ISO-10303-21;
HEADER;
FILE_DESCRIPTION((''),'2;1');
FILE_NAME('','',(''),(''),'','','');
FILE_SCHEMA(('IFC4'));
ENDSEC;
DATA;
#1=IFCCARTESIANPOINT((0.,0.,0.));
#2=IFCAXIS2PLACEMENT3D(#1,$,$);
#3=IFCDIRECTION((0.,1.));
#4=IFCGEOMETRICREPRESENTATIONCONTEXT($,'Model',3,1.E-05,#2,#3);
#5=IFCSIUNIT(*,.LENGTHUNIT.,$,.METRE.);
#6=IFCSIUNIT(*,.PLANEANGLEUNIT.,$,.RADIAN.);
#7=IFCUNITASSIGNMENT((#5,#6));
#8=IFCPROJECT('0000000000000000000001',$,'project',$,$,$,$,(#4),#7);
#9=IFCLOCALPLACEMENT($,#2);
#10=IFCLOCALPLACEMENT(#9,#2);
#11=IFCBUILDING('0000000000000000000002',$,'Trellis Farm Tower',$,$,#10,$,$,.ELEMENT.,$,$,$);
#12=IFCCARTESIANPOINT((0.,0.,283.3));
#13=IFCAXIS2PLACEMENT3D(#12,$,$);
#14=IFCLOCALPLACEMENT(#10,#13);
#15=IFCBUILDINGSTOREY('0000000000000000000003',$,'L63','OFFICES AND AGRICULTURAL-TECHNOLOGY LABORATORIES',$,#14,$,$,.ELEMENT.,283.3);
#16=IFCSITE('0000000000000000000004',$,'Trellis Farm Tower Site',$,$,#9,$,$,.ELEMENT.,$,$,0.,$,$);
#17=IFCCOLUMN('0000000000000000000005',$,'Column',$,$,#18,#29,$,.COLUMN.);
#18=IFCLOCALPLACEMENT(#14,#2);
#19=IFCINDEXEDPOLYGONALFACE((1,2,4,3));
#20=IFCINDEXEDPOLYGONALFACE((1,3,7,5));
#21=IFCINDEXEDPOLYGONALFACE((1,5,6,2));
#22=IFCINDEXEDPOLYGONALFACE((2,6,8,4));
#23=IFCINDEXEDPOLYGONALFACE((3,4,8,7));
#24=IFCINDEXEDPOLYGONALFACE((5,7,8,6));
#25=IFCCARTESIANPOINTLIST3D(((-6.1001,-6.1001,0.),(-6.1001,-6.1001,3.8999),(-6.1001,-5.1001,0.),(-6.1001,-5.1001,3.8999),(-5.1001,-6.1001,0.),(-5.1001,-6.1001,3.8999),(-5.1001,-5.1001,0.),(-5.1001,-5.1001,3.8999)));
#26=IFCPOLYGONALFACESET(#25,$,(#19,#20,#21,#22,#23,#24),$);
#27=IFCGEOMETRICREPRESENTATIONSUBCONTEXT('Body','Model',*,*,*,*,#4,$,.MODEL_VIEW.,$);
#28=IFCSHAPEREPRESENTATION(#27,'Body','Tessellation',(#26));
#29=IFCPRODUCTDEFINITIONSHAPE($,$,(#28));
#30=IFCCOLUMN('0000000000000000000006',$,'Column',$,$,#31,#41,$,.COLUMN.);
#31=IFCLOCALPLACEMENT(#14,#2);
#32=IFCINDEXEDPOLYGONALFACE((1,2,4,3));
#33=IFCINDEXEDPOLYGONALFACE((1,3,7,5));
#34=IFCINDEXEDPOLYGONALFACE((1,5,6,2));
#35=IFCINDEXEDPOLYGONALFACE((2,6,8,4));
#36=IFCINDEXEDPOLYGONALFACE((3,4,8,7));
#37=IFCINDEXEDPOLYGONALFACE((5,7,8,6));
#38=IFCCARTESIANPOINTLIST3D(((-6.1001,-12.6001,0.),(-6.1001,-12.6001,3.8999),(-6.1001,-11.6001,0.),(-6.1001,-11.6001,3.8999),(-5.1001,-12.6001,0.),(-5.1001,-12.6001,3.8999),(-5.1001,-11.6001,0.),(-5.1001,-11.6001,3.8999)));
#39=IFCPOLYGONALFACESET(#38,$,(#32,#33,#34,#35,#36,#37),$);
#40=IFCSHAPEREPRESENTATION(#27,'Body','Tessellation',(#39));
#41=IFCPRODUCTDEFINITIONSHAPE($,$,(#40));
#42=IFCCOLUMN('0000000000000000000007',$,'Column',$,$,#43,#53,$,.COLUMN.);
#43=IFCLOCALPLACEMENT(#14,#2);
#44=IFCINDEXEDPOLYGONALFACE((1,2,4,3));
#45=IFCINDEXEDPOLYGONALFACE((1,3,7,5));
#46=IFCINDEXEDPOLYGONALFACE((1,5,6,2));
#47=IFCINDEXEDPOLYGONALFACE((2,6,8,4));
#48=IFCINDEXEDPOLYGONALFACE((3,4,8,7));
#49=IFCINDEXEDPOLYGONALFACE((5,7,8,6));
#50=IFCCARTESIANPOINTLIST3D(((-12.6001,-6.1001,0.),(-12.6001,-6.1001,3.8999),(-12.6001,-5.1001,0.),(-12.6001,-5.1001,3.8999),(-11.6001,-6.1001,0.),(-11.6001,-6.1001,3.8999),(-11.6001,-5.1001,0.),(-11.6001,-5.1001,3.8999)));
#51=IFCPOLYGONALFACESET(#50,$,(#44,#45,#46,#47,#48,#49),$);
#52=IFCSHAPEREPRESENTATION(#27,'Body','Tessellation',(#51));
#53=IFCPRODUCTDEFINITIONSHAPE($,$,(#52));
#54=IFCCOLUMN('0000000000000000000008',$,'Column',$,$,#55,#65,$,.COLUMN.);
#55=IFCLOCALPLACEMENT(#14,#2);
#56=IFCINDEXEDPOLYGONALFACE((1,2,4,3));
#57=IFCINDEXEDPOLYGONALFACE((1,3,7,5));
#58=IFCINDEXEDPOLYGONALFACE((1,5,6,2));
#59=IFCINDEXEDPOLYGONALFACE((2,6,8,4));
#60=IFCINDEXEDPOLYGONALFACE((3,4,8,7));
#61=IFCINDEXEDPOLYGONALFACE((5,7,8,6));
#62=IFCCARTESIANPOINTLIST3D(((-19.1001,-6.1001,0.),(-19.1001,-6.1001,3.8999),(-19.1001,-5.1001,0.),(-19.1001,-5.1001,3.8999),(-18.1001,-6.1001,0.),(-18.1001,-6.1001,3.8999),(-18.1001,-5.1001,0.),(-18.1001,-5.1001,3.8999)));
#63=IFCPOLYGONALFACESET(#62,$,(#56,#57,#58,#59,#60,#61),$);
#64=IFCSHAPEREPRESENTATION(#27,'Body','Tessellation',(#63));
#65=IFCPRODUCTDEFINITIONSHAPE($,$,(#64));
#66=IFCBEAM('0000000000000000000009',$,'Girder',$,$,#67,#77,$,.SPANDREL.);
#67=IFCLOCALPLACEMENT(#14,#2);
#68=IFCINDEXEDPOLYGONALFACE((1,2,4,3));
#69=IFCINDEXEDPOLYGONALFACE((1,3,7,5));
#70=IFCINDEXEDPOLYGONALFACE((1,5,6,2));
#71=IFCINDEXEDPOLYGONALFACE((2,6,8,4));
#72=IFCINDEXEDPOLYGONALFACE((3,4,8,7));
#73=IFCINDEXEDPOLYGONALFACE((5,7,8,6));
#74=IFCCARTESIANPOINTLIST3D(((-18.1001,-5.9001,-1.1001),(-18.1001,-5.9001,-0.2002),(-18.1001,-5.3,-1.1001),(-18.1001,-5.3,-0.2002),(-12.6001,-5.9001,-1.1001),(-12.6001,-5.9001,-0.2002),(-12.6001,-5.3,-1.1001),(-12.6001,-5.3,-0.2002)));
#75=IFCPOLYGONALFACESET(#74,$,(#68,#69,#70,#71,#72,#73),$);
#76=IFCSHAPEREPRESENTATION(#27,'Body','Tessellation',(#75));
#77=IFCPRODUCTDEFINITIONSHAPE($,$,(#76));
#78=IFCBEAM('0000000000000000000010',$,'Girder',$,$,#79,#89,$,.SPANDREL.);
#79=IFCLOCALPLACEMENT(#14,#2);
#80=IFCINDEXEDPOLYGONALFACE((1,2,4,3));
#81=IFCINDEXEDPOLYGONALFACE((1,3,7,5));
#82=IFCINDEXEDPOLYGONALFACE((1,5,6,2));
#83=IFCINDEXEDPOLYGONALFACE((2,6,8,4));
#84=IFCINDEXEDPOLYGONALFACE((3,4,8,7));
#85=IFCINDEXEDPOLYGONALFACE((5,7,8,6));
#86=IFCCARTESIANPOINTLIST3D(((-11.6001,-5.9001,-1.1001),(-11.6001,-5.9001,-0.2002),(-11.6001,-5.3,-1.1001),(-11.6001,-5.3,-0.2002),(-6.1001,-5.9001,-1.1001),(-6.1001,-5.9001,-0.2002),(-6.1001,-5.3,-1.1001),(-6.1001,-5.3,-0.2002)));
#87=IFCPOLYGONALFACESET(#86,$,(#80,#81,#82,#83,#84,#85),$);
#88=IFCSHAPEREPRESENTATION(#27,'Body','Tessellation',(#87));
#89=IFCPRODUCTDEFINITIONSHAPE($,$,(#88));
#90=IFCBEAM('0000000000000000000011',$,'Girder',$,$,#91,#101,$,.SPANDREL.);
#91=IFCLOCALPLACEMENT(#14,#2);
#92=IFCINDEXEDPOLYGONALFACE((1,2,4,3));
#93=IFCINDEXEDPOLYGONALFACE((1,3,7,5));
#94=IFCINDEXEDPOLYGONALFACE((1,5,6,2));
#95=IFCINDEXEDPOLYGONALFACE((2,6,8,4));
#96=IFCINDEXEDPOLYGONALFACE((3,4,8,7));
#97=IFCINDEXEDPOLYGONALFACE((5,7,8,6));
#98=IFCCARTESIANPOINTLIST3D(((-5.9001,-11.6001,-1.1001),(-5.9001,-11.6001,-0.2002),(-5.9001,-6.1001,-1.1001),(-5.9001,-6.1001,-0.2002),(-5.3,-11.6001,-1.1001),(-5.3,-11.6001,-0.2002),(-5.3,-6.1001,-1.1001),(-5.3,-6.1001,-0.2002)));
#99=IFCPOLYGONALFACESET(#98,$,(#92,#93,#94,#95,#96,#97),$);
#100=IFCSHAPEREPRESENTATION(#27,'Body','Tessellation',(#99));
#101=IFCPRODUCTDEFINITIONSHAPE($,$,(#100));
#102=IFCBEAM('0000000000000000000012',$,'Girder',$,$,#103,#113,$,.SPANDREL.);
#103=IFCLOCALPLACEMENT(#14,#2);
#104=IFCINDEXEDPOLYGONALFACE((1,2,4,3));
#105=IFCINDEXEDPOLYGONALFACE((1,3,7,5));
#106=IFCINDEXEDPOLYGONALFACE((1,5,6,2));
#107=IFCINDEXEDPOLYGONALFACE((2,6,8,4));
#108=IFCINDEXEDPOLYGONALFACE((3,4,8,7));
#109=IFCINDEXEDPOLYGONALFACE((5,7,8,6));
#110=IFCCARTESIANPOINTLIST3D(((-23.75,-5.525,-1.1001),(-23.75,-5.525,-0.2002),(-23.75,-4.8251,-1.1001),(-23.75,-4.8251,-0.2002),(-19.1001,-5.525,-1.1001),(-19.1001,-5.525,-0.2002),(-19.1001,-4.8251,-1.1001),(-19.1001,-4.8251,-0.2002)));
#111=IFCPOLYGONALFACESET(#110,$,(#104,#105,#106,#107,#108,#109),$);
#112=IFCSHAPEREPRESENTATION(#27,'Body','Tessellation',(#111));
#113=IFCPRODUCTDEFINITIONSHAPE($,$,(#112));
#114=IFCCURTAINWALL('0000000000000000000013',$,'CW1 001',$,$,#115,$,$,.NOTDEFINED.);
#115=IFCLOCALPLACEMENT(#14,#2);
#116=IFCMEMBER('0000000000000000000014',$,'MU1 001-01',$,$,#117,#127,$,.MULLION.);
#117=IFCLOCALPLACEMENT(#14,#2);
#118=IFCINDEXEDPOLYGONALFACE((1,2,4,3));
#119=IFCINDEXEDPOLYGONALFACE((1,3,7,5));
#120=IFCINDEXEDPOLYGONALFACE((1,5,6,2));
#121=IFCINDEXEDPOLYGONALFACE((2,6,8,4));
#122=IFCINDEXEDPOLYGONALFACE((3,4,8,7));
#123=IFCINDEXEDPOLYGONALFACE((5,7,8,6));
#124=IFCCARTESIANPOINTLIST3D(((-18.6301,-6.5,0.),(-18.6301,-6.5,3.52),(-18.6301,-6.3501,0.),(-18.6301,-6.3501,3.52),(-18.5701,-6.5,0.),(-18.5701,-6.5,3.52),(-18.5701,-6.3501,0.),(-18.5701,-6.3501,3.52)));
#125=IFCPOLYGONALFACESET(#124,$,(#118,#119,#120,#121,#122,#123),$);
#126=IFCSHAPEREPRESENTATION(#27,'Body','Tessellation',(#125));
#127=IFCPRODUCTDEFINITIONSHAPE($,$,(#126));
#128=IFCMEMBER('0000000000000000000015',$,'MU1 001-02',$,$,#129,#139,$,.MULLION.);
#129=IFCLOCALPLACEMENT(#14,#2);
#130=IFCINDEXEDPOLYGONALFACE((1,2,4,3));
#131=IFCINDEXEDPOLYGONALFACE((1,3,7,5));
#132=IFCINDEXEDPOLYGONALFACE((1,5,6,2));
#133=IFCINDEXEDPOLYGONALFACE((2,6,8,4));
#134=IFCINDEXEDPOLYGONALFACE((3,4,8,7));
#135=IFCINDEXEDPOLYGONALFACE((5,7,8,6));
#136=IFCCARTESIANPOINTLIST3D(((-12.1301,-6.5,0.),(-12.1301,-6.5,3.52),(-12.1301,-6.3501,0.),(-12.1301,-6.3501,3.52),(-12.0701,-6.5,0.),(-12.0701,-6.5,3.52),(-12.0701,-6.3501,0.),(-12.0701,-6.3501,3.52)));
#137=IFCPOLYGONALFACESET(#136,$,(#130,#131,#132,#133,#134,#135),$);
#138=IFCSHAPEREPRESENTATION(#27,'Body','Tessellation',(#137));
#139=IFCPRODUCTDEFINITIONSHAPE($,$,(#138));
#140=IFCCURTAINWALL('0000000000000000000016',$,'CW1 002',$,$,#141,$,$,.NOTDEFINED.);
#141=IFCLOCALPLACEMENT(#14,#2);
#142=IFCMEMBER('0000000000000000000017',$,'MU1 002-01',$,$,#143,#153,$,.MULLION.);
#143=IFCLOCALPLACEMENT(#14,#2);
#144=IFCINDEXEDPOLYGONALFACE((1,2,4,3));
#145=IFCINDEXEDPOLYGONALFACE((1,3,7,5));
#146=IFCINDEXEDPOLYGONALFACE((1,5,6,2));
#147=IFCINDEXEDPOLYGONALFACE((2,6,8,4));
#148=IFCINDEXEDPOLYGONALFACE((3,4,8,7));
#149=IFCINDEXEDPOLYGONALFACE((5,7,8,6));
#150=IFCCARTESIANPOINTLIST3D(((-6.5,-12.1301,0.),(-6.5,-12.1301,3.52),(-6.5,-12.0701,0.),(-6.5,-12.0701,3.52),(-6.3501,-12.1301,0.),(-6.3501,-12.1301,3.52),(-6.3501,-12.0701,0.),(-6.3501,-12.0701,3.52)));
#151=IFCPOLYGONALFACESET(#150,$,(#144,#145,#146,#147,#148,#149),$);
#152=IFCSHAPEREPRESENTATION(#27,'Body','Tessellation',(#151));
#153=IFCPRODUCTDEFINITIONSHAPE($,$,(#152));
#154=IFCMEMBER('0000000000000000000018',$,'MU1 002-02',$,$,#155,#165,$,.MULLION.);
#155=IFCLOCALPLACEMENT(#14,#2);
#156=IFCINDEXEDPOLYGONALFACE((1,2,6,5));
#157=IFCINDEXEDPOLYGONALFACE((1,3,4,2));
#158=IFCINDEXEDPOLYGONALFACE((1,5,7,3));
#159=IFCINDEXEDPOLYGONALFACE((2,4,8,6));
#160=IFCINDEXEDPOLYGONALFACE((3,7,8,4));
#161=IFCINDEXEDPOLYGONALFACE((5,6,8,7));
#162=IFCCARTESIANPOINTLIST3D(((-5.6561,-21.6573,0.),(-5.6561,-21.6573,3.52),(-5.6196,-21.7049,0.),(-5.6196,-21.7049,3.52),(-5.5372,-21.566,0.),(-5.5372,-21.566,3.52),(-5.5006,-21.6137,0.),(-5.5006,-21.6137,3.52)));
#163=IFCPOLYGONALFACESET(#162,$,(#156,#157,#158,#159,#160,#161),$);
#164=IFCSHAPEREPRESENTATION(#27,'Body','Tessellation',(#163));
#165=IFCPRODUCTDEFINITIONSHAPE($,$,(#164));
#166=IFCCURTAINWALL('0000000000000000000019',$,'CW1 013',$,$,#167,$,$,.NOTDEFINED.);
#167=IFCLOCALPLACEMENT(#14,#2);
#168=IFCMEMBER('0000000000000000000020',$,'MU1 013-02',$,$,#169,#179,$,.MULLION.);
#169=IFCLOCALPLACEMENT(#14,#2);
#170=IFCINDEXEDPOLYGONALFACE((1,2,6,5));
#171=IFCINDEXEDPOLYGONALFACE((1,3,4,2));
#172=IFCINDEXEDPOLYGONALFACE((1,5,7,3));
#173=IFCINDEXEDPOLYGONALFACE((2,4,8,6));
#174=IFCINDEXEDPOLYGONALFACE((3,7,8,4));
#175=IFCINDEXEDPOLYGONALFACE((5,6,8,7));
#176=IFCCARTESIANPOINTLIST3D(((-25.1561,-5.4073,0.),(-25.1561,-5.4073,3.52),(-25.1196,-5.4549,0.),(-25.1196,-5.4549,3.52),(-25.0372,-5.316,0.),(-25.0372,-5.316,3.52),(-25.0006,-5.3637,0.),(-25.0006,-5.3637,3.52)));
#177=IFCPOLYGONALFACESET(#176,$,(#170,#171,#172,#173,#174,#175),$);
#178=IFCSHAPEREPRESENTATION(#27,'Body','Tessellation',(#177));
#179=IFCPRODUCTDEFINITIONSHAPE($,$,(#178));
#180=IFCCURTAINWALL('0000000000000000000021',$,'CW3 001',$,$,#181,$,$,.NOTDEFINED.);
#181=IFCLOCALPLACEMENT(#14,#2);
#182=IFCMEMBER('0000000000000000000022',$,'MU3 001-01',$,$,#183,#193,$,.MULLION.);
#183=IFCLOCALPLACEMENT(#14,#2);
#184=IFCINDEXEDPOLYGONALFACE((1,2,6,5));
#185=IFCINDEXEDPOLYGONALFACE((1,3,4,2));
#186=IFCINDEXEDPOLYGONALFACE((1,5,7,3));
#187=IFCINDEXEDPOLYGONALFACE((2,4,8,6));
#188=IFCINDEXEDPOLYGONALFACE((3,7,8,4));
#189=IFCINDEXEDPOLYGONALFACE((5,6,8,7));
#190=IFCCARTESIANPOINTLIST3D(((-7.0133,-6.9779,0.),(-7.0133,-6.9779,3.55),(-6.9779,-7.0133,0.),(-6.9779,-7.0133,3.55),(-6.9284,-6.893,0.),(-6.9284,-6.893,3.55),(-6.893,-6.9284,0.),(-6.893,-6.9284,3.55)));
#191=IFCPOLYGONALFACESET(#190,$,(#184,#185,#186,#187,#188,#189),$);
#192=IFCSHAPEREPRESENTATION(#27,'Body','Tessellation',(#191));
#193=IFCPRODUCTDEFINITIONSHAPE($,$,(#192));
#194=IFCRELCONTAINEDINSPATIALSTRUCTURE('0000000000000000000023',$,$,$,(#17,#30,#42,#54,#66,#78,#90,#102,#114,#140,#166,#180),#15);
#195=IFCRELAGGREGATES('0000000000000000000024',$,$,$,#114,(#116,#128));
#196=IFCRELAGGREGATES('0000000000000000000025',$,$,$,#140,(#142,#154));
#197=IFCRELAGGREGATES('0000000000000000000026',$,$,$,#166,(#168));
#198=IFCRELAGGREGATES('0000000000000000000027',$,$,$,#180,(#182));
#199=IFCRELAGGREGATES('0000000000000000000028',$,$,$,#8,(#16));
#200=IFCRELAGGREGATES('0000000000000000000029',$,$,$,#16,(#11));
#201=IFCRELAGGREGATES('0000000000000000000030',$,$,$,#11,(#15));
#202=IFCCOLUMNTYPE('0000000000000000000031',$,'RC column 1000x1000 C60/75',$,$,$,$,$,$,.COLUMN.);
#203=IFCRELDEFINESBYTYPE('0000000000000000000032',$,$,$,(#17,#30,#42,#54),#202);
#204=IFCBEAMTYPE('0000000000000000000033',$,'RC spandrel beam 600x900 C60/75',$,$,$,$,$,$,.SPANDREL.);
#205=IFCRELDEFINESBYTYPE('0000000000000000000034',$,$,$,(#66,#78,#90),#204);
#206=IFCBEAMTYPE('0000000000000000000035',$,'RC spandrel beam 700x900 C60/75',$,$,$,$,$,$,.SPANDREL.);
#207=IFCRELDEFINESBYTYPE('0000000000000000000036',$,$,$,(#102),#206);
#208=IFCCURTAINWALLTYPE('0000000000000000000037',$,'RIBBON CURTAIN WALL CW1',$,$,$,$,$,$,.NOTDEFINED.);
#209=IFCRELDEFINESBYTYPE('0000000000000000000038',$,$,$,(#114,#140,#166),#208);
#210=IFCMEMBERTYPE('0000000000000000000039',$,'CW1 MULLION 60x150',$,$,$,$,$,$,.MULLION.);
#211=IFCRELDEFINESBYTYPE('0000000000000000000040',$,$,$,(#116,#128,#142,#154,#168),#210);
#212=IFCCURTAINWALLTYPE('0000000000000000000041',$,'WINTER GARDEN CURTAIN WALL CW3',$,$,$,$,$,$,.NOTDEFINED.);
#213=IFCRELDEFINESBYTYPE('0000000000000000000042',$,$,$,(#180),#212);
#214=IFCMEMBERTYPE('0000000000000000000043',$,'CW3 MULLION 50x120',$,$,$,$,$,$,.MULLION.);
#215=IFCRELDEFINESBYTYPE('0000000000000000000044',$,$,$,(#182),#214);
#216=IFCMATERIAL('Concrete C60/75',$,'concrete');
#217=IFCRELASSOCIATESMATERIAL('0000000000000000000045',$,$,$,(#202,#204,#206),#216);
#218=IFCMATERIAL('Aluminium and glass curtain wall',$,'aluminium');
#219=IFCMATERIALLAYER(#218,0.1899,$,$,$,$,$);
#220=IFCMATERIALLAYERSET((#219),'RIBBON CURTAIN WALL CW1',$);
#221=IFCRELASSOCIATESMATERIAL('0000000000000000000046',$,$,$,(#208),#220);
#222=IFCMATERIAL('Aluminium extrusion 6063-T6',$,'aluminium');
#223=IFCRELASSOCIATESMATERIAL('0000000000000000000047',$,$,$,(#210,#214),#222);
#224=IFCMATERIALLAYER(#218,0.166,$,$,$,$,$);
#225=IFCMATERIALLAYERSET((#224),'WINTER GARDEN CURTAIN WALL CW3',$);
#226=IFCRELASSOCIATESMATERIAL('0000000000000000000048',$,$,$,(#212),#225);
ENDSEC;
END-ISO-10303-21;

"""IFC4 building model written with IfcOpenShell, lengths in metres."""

from ifc_helpers import new_model, si_unit, direction, frame, origin, origin_2d, place, context, subcontext, project, spatial, rectangle, extrude, source, transform, mapped, material, layer, layer_set, material_profile, profile_set, type_object, element, aggregate, save


model = new_model("IFC4")

# Units and contexts
model_context = context("Model", 3, precision=1e-05, world=origin(), true_north=direction((0.0, 1.0)))
body_context = subcontext(model_context, "Body", "Model", "MODEL_VIEW")
ifc_project = project(units=[si_unit("LENGTHUNIT", "METRE"), si_unit("PLANEANGLEUNIT", "RADIAN")], contexts=[model_context])

# Site, building, storey
site_placement = place(None, origin())
site = spatial("IfcSite", under=ifc_project, at=site_placement, Name="Trellis Farm Tower Site", CompositionType="ELEMENT", RefElevation=0.0)
building_placement = place(site_placement, origin())
building = spatial("IfcBuilding", under=site, at=building_placement, Name="Trellis Farm Tower", CompositionType="ELEMENT")
storey_placement = place(building_placement, frame((0.0, 0.0, 283.3)))
storey = spatial("IfcBuildingStorey", under=building, at=storey_placement, Name="L63", Description="OFFICES AND AGRICULTURAL-TECHNOLOGY LABORATORIES", CompositionType="ELEMENT", Elevation=283.3)

# Columns
ifc_material_1 = material(Name="Concrete C60/75", Category="concrete")
ifc_material_profile_1 = material_profile(ifc_material_1, rectangle(XDim=1.0, YDim=1.0, at=origin_2d()), Name="RC column 1000x1000 C60/75")
ifc_profile_set_1 = profile_set([ifc_material_profile_1], Name="Concrete C60/75")
column_type = type_object("IfcColumnType", Name="RC column 1000x1000 C60/75", PredefinedType="COLUMN", material=ifc_profile_set_1)
shared_shape_1 = source(origin(), body_context, "Body", "SweptSolid", [
    extrude(rectangle(XDim=1.0, YDim=1.0, at=origin_2d()), origin(), (0.0, 0.0, 1.0), 3.8999),
])
for number, where, z_axis, x_axis, name in (
    (1, (-5.6001, -5.6001, 0.0), (0.0, 0.0, 1.0), (1.0, 0.0, 0.0), "Column"),
    (2, (-5.6001, -12.1001, 0.0), (0.0, 0.0, 1.0), (1.0, 0.0, 0.0), "Column"),
    (3, (-12.1001, -5.6001, 0.0), (0.0, 0.0, 1.0), (1.0, 0.0, 0.0), "Column"),
    (4, (-18.6001, -5.6001, 0.0), (0.0, 0.0, 1.0), (1.0, 0.0, 0.0), "Column"),
):
    element("IfcColumn", number, at=place(storey_placement, frame(where, z_axis=z_axis, x_axis=x_axis)), inside=storey, type_object=column_type, Name=name, PredefinedType="COLUMN", context=body_context, shape_type="MappedRepresentation", body=[
        mapped(shared_shape_1, transform((0.0, 0.0, 0.0))),
    ])

# Beams
ifc_material_profile_2 = material_profile(ifc_material_1, rectangle(XDim=0.6001, YDim=0.8999, at=origin_2d()), Name="RC spandrel beam 600x900 C60/75")
ifc_profile_set_2 = profile_set([ifc_material_profile_2], Name="Concrete C60/75")
beam_type_1 = type_object("IfcBeamType", Name="RC spandrel beam 600x900 C60/75", PredefinedType="SPANDREL", material=ifc_profile_set_2)
shared_shape_2 = source(origin(), body_context, "Body", "SweptSolid", [
    extrude(rectangle(XDim=0.6001, YDim=0.8999, at=origin_2d()), origin(), (0.0, 0.0, 1.0), 5.5),
])
for number, where, z_axis, x_axis, name in (
    (5, (-18.1001, -5.6001, -0.6501), (1.0, 0.0, 0.0), (0.0, 1.0, 0.0), "Girder"),
    (6, (-11.6001, -5.6001, -0.6501), (1.0, 0.0, 0.0), (0.0, 1.0, 0.0), "Girder"),
    (7, (-5.6001, -11.6001, -0.6501), (0.0, 1.0, 0.0), (-1.0, 0.0, 0.0), "Girder"),
):
    element("IfcBeam", number, at=place(storey_placement, frame(where, z_axis=z_axis, x_axis=x_axis)), inside=storey, type_object=beam_type_1, Name=name, PredefinedType="SPANDREL", context=body_context, shape_type="MappedRepresentation", body=[
        mapped(shared_shape_2, transform((0.0, 0.0, 0.0))),
    ])
ifc_material_profile_3 = material_profile(ifc_material_1, rectangle(XDim=0.7, YDim=0.8999, at=origin_2d()), Name="RC spandrel beam 700x900 C60/75")
ifc_profile_set_3 = profile_set([ifc_material_profile_3], Name="Concrete C60/75")
beam_type_2 = type_object("IfcBeamType", Name="RC spandrel beam 700x900 C60/75", PredefinedType="SPANDREL", material=ifc_profile_set_3)
shared_shape_3 = source(origin(), body_context, "Body", "SweptSolid", [
    extrude(rectangle(XDim=0.7, YDim=0.8999, at=origin_2d()), origin(), (0.0, 0.0, 1.0), 4.6499),
])
beam_placement = place(storey_placement, frame((-23.75, -5.175, -0.6501), z_axis=(1.0, 0.0, 0.0), x_axis=(0.0, 1.0, 0.0)))
element("IfcBeam", 8, at=beam_placement, inside=storey, type_object=beam_type_2, Name="Girder", PredefinedType="SPANDREL", context=body_context, shape_type="MappedRepresentation", body=[
    mapped(shared_shape_3, transform((0.0, 0.0, 0.0))),
])

# Curtain walls, members
ifc_material_2 = material(Name="Aluminium and glass curtain wall", Category="aluminium")
ifc_layer_1 = layer(ifc_material_2, 0.1899)
ifc_layer_set_1 = layer_set([ifc_layer_1], Name="RIBBON CURTAIN WALL CW1")
curtain_wall_type_1 = type_object("IfcCurtainWallType", Name="RIBBON CURTAIN WALL CW1", PredefinedType="NOTDEFINED", material=ifc_layer_set_1)
placement = place(storey_placement, origin())
curtain_wall_1 = element("IfcCurtainWall", 9, at=placement, inside=storey, type_object=curtain_wall_type_1, Name="CW1 001", PredefinedType="NOTDEFINED")
ifc_material_3 = material(Name="Aluminium extrusion 6063-T6", Category="aluminium")
ifc_material_profile_4 = material_profile(ifc_material_3, rectangle(XDim=0.0601, YDim=0.1499, at=origin_2d()), Name="MULLION 60x150")
ifc_profile_set_4 = profile_set([ifc_material_profile_4], Name="Aluminium extrusion 6063-T6")
member_type_1 = type_object("IfcMemberType", Name="CW1 MULLION 60x150", PredefinedType="MULLION", material=ifc_profile_set_4)
shared_shape_4 = source(origin(), body_context, "Body", "SweptSolid", [
    extrude(rectangle(XDim=0.0601, YDim=0.1499, at=origin_2d()), origin(), (0.0, 0.0, 1.0), 3.52),
])
member_1_placement = place(storey_placement, frame((-18.6001, -6.425, 0.0), z_axis=(0.0, 0.0, 1.0), x_axis=(1.0, 0.0, 0.0)))
member_1 = element("IfcMember", 10, at=member_1_placement, type_object=member_type_1, Name="MU1 001-01", PredefinedType="MULLION", context=body_context, shape_type="MappedRepresentation", body=[
    mapped(shared_shape_4, transform((0.0, 0.0, 0.0))),
])
member_2_placement = place(storey_placement, frame((-12.1001, -6.425, 0.0), z_axis=(0.0, 0.0, 1.0), x_axis=(1.0, 0.0, 0.0)))
member_2 = element("IfcMember", 11, at=member_2_placement, type_object=member_type_1, Name="MU1 001-02", PredefinedType="MULLION", context=body_context, shape_type="MappedRepresentation", body=[
    mapped(shared_shape_4, transform((0.0, 0.0, 0.0))),
])
aggregate(curtain_wall_1, [member_1, member_2])
curtain_wall_2 = element("IfcCurtainWall", 12, at=placement, inside=storey, type_object=curtain_wall_type_1, Name="CW1 002", PredefinedType="NOTDEFINED")
member_3_placement = place(storey_placement, frame((-6.425, -12.1001, 0.0), z_axis=(0.0, 0.0, 1.0), x_axis=(0.0, -1.0, 0.0)))
member_3 = element("IfcMember", 13, at=member_3_placement, type_object=member_type_1, Name="MU1 002-01", PredefinedType="MULLION", context=body_context, shape_type="MappedRepresentation", body=[
    mapped(shared_shape_4, transform((0.0, 0.0, 0.0))),
])
member_4_placement = place(storey_placement, frame((-5.5784, -21.6355, 0.0), z_axis=(0.0, 0.0, 1.0), x_axis=(0.608761, -0.793353, 0.0)))
member_4 = element("IfcMember", 14, at=member_4_placement, type_object=member_type_1, Name="MU1 002-02", PredefinedType="MULLION", context=body_context, shape_type="MappedRepresentation", body=[
    mapped(shared_shape_4, transform((0.0, 0.0, 0.0))),
])
aggregate(curtain_wall_2, [member_3, member_4])

# Curtain walls, members
curtain_wall_3 = element("IfcCurtainWall", 15, at=placement, inside=storey, type_object=curtain_wall_type_1, Name="CW1 013", PredefinedType="NOTDEFINED")
member_5_placement = place(storey_placement, frame((-25.0784, -5.3855, 0.0), z_axis=(0.0, 0.0, 1.0), x_axis=(0.608761, -0.793353, 0.0)))
member_5 = element("IfcMember", 16, at=member_5_placement, type_object=member_type_1, Name="MU1 013-02", PredefinedType="MULLION", context=body_context, shape_type="MappedRepresentation", body=[
    mapped(shared_shape_4, transform((0.0, 0.0, 0.0))),
])
aggregate(curtain_wall_3, [member_5])
ifc_layer_2 = layer(ifc_material_2, 0.166)
ifc_layer_set_2 = layer_set([ifc_layer_2], Name="WINTER GARDEN CURTAIN WALL CW3")
curtain_wall_type_2 = type_object("IfcCurtainWallType", Name="WINTER GARDEN CURTAIN WALL CW3", PredefinedType="NOTDEFINED", material=ifc_layer_set_2)
curtain_wall_4 = element("IfcCurtainWall", 17, at=placement, inside=storey, type_object=curtain_wall_type_2, Name="CW3 001", PredefinedType="NOTDEFINED")
ifc_material_profile_5 = material_profile(ifc_material_3, rectangle(XDim=0.05, YDim=0.1201, at=origin_2d()), Name="MULLION 50x120")
ifc_profile_set_5 = profile_set([ifc_material_profile_5], Name="Aluminium extrusion 6063-T6")
member_type_2 = type_object("IfcMemberType", Name="CW3 MULLION 50x120", PredefinedType="MULLION", material=ifc_profile_set_5)
shared_shape_5 = source(origin(), body_context, "Body", "SweptSolid", [
    extrude(rectangle(XDim=0.05, YDim=0.1201, at=origin_2d()), origin(), (0.0, 0.0, 1.0), 3.55),
])
member_6_placement = place(storey_placement, frame((-6.9531, -6.9531, 0.0), z_axis=(0.0, 0.0, 1.0), x_axis=(0.707107, -0.707107, 0.0)))
member_6 = element("IfcMember", 18, at=member_6_placement, type_object=member_type_2, Name="MU3 001-01", PredefinedType="MULLION", context=body_context, shape_type="MappedRepresentation", body=[
    mapped(shared_shape_5, transform((0.0, 0.0, 0.0))),
])
aggregate(curtain_wall_4, [member_6])

save(model, "model.ifc")
